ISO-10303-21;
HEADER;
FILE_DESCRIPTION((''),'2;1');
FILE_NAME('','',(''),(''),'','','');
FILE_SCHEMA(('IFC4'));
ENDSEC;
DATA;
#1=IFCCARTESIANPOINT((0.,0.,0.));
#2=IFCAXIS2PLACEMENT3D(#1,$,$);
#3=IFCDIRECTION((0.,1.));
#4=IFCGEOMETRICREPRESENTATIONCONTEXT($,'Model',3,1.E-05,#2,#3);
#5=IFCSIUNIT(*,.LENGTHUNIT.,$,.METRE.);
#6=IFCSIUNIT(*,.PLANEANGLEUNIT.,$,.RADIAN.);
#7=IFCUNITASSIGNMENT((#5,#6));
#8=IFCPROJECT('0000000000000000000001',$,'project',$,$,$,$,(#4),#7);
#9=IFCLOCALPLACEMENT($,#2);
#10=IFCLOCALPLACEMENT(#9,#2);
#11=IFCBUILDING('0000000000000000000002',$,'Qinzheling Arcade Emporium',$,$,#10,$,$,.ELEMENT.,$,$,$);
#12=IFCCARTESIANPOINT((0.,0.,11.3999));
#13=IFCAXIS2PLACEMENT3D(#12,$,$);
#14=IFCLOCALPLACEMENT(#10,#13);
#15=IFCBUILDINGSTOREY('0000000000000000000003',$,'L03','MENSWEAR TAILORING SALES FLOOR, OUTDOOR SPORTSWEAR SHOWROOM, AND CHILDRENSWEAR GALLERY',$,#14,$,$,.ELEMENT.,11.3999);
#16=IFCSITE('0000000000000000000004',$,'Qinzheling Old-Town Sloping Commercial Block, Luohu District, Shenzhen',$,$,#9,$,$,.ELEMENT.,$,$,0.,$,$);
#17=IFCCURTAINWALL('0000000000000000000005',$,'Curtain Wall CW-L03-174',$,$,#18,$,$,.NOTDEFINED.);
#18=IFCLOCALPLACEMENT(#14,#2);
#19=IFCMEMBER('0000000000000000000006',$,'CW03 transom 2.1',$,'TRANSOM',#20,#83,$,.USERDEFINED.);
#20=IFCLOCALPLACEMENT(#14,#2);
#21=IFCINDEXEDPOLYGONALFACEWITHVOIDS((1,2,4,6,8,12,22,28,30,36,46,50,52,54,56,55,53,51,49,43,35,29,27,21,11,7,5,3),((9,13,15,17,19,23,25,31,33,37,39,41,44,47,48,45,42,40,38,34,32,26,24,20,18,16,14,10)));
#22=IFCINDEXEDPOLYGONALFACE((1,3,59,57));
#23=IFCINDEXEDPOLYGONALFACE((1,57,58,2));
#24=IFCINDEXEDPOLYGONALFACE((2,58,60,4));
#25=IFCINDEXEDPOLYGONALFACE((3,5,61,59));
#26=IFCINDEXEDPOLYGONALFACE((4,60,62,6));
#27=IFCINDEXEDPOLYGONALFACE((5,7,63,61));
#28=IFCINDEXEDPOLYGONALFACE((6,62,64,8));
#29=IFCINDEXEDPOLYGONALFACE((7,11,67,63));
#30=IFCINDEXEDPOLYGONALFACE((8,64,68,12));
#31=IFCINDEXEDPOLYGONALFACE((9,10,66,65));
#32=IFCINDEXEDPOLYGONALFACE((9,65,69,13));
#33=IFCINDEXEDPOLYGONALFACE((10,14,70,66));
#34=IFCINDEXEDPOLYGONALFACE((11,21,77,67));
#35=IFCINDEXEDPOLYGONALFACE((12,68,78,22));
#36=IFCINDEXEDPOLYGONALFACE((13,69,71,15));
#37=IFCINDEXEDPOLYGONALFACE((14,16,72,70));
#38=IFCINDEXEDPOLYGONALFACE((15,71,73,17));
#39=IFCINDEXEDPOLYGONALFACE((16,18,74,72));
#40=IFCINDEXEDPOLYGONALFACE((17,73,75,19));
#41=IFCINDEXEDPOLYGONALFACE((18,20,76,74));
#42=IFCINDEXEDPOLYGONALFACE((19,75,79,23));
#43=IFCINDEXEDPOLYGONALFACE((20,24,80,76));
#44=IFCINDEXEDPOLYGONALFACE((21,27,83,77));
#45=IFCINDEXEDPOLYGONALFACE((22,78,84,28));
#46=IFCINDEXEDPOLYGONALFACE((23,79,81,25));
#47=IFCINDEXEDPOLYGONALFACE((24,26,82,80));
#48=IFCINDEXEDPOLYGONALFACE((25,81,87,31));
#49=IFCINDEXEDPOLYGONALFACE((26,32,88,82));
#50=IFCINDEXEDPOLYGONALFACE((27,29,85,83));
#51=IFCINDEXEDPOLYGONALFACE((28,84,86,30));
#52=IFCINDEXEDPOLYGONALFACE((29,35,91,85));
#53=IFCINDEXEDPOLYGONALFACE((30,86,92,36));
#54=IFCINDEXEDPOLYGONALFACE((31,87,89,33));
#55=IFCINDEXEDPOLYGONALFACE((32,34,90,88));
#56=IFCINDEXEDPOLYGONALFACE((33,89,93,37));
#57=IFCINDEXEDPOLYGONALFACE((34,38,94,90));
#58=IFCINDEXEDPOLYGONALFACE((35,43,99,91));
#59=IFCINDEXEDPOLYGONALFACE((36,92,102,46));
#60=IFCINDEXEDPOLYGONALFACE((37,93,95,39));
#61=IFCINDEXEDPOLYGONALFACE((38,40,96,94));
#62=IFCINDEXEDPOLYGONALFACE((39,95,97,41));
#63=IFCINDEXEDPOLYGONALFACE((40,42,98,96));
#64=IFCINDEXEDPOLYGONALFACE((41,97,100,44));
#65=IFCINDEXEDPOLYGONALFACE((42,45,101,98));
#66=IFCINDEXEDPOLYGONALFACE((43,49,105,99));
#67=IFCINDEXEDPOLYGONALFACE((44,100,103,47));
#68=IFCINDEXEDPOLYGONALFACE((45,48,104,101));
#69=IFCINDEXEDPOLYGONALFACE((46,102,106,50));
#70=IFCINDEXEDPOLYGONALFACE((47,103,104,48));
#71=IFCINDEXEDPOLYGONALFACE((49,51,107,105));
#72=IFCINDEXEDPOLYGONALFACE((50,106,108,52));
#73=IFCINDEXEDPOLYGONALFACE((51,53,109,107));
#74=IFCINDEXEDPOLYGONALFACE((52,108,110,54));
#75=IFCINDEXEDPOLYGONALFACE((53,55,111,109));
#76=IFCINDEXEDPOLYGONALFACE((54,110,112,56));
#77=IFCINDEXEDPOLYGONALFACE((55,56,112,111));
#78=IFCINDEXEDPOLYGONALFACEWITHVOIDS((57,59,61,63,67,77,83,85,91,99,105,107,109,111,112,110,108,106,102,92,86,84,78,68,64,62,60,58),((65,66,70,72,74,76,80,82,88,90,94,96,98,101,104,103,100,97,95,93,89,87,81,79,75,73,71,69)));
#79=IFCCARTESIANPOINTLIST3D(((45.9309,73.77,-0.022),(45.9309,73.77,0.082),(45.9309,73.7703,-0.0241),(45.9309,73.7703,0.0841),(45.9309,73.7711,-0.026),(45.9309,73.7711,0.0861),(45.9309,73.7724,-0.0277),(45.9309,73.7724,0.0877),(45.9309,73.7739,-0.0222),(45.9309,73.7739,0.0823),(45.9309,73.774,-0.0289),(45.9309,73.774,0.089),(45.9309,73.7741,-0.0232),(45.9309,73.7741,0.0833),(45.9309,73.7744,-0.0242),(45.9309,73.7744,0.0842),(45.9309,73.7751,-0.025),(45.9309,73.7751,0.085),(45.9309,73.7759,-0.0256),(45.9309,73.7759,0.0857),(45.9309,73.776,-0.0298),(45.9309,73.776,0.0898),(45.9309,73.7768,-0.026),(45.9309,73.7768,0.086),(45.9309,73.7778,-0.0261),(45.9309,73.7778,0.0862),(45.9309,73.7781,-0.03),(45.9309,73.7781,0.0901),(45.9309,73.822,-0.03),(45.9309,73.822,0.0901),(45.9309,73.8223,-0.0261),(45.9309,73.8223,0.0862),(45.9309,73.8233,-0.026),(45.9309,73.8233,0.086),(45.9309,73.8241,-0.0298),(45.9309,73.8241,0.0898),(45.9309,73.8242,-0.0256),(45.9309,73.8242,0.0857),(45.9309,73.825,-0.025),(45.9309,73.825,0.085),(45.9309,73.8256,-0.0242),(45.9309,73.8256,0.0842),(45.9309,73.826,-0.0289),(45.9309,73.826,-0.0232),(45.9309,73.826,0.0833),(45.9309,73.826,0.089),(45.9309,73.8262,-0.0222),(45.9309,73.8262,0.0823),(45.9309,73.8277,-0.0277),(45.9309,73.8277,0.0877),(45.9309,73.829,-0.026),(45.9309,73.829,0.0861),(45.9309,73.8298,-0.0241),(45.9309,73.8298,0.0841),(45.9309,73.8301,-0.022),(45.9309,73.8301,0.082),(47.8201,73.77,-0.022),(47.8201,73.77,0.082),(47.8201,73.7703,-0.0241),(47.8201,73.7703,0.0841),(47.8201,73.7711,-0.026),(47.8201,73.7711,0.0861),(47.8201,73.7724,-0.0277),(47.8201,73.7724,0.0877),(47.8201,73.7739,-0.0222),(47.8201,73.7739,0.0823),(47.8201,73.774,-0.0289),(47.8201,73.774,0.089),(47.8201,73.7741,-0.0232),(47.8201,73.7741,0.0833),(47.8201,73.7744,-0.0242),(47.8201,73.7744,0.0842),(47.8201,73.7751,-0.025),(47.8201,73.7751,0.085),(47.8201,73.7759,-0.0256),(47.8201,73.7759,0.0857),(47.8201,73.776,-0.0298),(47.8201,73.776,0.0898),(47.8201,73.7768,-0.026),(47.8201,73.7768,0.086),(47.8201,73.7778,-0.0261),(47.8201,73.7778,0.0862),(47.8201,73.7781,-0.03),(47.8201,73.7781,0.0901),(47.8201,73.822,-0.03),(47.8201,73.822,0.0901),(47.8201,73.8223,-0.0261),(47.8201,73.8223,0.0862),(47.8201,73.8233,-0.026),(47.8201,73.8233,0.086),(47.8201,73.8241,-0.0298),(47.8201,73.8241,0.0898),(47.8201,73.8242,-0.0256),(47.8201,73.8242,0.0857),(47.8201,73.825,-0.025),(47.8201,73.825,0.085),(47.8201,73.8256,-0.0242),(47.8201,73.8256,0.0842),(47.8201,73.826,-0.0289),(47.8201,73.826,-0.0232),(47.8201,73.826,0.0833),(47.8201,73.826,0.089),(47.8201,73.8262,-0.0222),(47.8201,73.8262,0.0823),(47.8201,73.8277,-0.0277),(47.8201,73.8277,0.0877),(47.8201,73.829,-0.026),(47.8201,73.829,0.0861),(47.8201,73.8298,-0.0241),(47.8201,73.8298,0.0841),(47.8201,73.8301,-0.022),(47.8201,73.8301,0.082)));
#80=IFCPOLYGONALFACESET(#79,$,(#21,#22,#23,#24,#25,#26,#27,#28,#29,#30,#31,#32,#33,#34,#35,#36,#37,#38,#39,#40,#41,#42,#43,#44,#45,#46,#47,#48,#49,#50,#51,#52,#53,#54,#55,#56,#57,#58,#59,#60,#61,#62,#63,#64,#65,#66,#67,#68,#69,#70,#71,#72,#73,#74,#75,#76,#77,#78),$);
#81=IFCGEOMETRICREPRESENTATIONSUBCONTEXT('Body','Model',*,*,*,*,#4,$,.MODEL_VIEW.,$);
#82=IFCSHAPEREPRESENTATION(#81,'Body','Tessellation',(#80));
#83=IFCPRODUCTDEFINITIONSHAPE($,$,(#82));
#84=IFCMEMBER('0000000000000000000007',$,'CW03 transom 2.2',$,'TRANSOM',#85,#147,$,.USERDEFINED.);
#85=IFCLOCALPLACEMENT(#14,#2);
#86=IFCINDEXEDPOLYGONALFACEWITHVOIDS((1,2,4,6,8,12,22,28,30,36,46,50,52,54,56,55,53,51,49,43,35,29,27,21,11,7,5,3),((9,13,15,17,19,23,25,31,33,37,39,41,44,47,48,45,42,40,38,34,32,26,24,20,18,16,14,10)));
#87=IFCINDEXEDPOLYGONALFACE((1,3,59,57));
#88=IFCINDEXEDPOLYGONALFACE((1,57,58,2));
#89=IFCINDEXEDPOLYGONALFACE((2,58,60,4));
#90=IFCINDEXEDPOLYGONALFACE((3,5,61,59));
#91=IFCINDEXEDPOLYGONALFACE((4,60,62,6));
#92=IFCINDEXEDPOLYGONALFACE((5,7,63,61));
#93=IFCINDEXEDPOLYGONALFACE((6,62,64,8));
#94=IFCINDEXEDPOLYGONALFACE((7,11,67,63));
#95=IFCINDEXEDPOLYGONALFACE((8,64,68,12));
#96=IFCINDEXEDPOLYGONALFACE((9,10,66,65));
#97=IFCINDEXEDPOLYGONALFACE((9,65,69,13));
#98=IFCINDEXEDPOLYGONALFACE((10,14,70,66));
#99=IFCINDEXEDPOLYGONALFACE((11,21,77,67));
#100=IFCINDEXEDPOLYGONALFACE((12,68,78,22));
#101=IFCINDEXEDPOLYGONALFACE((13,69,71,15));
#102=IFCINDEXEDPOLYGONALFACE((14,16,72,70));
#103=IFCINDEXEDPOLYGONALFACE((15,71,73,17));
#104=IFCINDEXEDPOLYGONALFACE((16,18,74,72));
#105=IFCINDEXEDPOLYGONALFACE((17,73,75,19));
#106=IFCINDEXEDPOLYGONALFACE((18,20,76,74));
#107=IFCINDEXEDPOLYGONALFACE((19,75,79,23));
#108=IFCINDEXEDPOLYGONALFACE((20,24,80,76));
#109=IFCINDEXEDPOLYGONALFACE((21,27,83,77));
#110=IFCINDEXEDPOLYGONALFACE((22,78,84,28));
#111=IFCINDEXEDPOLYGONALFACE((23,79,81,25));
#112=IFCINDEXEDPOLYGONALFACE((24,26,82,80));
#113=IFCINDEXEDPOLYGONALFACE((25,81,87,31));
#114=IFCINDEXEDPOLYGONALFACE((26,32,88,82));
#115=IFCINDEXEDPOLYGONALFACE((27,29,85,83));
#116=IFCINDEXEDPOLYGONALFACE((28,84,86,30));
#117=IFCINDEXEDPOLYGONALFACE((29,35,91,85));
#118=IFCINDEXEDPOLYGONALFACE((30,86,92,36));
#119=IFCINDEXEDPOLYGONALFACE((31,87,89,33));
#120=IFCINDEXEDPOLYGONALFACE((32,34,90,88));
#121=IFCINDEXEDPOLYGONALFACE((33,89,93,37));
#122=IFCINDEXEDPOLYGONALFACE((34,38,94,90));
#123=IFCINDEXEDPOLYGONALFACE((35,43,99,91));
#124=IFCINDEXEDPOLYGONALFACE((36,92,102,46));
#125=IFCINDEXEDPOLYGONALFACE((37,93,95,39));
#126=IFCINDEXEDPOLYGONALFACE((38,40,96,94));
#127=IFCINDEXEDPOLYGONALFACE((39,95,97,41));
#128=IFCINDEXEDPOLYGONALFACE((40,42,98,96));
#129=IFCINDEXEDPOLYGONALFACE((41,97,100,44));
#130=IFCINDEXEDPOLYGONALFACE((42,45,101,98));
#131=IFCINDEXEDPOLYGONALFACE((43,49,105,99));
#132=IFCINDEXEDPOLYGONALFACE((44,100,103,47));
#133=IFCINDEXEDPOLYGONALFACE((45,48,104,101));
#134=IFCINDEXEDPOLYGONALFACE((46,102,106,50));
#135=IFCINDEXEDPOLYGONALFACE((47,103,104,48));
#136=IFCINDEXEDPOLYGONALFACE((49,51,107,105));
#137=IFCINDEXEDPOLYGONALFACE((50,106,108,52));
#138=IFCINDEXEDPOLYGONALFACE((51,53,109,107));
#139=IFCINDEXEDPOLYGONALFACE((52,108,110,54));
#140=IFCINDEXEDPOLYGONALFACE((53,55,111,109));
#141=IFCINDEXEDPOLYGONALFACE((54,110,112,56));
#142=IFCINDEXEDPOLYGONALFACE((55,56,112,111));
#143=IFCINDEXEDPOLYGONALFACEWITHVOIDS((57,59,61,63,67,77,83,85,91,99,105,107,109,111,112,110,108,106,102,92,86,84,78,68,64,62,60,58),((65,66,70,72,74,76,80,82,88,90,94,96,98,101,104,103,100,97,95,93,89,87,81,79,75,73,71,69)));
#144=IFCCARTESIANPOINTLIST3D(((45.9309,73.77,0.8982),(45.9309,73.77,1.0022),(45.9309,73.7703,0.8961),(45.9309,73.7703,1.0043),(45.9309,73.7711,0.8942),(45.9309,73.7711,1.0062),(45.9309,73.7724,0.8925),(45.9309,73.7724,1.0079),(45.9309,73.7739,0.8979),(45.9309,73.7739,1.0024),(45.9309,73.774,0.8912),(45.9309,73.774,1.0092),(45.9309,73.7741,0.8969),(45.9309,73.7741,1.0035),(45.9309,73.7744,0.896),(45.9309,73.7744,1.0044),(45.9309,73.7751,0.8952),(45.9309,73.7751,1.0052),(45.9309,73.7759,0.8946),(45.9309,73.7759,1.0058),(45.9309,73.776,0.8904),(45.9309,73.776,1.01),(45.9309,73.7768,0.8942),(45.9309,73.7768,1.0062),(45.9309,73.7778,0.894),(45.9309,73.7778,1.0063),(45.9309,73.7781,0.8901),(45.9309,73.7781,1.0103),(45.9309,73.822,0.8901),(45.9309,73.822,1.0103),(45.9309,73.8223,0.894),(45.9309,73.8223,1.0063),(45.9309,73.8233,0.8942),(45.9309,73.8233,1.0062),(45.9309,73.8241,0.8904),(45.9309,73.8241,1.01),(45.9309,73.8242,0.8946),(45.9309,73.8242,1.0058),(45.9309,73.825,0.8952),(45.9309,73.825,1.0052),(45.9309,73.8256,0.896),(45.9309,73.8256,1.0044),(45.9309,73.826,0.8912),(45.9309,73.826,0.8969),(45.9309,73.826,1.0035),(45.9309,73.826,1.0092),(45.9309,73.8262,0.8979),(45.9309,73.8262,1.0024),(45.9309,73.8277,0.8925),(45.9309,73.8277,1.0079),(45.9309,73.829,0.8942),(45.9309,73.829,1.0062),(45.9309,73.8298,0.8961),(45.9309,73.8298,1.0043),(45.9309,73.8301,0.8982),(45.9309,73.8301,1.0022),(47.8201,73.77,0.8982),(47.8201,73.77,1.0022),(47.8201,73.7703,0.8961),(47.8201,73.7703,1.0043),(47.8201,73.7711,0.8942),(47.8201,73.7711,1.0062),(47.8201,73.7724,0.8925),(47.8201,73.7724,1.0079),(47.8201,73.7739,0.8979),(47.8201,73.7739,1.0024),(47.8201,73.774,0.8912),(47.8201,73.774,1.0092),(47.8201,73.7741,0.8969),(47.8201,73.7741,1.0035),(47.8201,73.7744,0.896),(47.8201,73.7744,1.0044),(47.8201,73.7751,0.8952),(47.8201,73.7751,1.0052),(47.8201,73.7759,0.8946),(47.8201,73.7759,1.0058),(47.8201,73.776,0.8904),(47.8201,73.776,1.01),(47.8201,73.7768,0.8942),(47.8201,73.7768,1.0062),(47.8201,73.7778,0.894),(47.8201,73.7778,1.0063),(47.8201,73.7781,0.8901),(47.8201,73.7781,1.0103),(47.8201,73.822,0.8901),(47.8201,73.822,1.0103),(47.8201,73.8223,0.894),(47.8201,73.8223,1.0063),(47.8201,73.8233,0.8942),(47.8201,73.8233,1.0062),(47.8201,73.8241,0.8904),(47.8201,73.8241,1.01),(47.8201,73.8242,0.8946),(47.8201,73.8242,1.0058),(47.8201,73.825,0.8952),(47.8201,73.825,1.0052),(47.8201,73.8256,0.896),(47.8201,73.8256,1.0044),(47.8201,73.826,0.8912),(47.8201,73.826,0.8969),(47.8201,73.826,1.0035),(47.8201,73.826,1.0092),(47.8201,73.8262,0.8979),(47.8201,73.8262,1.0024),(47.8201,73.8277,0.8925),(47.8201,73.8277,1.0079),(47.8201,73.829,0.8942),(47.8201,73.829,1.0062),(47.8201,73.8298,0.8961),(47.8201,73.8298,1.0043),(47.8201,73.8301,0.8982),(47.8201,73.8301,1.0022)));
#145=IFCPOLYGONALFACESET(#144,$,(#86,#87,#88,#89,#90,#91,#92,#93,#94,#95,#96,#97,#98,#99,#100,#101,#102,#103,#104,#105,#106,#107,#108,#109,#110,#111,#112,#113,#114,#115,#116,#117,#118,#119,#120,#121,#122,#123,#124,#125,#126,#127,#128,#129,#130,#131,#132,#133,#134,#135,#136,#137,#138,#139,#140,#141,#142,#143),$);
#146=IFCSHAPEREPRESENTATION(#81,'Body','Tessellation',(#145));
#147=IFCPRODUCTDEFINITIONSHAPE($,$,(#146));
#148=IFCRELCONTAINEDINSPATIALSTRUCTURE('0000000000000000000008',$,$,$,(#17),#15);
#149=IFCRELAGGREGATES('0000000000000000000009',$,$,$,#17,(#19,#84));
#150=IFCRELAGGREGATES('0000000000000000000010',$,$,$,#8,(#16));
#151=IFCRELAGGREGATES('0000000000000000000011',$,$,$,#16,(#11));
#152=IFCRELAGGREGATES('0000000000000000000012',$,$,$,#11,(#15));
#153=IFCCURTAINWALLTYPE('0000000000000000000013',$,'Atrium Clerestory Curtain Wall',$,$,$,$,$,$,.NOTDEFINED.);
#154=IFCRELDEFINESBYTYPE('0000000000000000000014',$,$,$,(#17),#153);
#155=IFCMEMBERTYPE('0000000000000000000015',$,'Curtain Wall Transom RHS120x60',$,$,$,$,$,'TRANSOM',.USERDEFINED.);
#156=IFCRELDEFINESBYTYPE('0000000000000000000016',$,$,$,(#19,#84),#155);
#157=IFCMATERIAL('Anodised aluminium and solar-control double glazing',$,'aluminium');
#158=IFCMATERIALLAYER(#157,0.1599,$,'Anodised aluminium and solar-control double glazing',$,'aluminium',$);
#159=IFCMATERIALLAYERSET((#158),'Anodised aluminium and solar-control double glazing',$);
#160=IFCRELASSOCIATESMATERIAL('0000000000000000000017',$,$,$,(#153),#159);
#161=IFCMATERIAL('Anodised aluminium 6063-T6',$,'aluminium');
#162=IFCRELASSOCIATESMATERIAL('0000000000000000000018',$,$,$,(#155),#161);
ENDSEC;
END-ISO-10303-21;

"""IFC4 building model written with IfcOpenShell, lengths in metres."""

from ifc_helpers import new_model, si_unit, direction, frame, origin, origin_2d, place, context, subcontext, project, spatial, hollow_rectangle, extrude, material, layer, layer_set, material_profile, profile_set, type_object, element, aggregate, save


model = new_model("IFC4")

# Units and contexts
model_context = context("Model", 3, precision=1e-05, world=origin(), true_north=direction((0.0, 1.0)))
body_context = subcontext(model_context, "Body", "Model", "MODEL_VIEW")
ifc_project = project(units=[si_unit("LENGTHUNIT", "METRE"), si_unit("PLANEANGLEUNIT", "RADIAN")], contexts=[model_context])

# Site, building, storey
site_placement = place(None, origin())
site = spatial("IfcSite", under=ifc_project, at=site_placement, Name="Qinzheling Old-Town Sloping Commercial Block, Luohu District, Shenzhen", CompositionType="ELEMENT", RefElevation=0.0)
building_placement = place(site_placement, origin())
building = spatial("IfcBuilding", under=site, at=building_placement, Name="Qinzheling Arcade Emporium", CompositionType="ELEMENT")
storey_placement = place(building_placement, frame((0.0, 0.0, 11.3999)))
storey = spatial("IfcBuildingStorey", under=building, at=storey_placement, Name="L03", Description="MENSWEAR TAILORING SALES FLOOR, OUTDOOR SPORTSWEAR SHOWROOM, AND CHILDRENSWEAR GALLERY", CompositionType="ELEMENT", Elevation=11.3999)

# Curtain wall, members
ifc_material_1 = material(Name="Anodised aluminium and solar-control double glazing", Category="aluminium")
ifc_layer_1 = layer(ifc_material_1, 0.1599, Name="Anodised aluminium and solar-control double glazing", Category="aluminium")
ifc_layer_set_1 = layer_set([ifc_layer_1], Name="Anodised aluminium and solar-control double glazing")
curtain_wall_type = type_object("IfcCurtainWallType", Name="Atrium Clerestory Curtain Wall", PredefinedType="NOTDEFINED", material=ifc_layer_set_1)
curtain_wall_placement = place(storey_placement, origin())
curtain_wall = element("IfcCurtainWall", 1, at=curtain_wall_placement, inside=storey, type_object=curtain_wall_type, Name="Curtain Wall CW-L03-174", PredefinedType="NOTDEFINED")
ifc_material_2 = material(Name="Anodised aluminium 6063-T6", Category="aluminium")
ifc_material_profile_1 = material_profile(ifc_material_2, hollow_rectangle(XDim=0.0601, YDim=0.1201, WallThickness=0.0039, InnerFilletRadius=0.0039, OuterFilletRadius=0.0081, at=origin_2d()), Name="RHS 120x60x4", Category="aluminium")
ifc_profile_set_1 = profile_set([ifc_material_profile_1], Name="Anodised aluminium 6063-T6")
member_type_1 = type_object("IfcMemberType", Name="Curtain Wall Transom RHS120x60", ElementType="TRANSOM", PredefinedType="USERDEFINED", material=ifc_profile_set_1)
member_1_placement = place(storey_placement, frame((45.9309, 73.8, 0.03), z_axis=(1.0, 0.0, 0.0), x_axis=(0.0, 1.0, 0.0)))
member_1 = element("IfcMember", 2, at=member_1_placement, type_object=member_type_1, Name="CW03 transom 2.1", ObjectType="TRANSOM", PredefinedType="USERDEFINED", context=body_context, shape_type="SweptSolid", body=[
    extrude(hollow_rectangle(XDim=0.0601, YDim=0.1201, WallThickness=0.0039, InnerFilletRadius=0.0039, OuterFilletRadius=0.0081, at=origin_2d()), origin(), (0.0, 0.0, 1.0), 1.8892),
])
member_2_placement = place(storey_placement, frame((45.9309, 73.8, 0.9502), z_axis=(1.0, 0.0, 0.0), x_axis=(0.0, 1.0, 0.0)))
member_2 = element("IfcMember", 3, at=member_2_placement, type_object=member_type_1, Name="CW03 transom 2.2", ObjectType="TRANSOM", PredefinedType="USERDEFINED", context=body_context, shape_type="SweptSolid", body=[
    extrude(hollow_rectangle(XDim=0.0601, YDim=0.1201, WallThickness=0.0039, InnerFilletRadius=0.0039, OuterFilletRadius=0.0081, at=origin_2d()), origin(), (0.0, 0.0, 1.0), 1.8892),
])

aggregate(curtain_wall, [member_1, member_2])

save(model, "model.ifc")
